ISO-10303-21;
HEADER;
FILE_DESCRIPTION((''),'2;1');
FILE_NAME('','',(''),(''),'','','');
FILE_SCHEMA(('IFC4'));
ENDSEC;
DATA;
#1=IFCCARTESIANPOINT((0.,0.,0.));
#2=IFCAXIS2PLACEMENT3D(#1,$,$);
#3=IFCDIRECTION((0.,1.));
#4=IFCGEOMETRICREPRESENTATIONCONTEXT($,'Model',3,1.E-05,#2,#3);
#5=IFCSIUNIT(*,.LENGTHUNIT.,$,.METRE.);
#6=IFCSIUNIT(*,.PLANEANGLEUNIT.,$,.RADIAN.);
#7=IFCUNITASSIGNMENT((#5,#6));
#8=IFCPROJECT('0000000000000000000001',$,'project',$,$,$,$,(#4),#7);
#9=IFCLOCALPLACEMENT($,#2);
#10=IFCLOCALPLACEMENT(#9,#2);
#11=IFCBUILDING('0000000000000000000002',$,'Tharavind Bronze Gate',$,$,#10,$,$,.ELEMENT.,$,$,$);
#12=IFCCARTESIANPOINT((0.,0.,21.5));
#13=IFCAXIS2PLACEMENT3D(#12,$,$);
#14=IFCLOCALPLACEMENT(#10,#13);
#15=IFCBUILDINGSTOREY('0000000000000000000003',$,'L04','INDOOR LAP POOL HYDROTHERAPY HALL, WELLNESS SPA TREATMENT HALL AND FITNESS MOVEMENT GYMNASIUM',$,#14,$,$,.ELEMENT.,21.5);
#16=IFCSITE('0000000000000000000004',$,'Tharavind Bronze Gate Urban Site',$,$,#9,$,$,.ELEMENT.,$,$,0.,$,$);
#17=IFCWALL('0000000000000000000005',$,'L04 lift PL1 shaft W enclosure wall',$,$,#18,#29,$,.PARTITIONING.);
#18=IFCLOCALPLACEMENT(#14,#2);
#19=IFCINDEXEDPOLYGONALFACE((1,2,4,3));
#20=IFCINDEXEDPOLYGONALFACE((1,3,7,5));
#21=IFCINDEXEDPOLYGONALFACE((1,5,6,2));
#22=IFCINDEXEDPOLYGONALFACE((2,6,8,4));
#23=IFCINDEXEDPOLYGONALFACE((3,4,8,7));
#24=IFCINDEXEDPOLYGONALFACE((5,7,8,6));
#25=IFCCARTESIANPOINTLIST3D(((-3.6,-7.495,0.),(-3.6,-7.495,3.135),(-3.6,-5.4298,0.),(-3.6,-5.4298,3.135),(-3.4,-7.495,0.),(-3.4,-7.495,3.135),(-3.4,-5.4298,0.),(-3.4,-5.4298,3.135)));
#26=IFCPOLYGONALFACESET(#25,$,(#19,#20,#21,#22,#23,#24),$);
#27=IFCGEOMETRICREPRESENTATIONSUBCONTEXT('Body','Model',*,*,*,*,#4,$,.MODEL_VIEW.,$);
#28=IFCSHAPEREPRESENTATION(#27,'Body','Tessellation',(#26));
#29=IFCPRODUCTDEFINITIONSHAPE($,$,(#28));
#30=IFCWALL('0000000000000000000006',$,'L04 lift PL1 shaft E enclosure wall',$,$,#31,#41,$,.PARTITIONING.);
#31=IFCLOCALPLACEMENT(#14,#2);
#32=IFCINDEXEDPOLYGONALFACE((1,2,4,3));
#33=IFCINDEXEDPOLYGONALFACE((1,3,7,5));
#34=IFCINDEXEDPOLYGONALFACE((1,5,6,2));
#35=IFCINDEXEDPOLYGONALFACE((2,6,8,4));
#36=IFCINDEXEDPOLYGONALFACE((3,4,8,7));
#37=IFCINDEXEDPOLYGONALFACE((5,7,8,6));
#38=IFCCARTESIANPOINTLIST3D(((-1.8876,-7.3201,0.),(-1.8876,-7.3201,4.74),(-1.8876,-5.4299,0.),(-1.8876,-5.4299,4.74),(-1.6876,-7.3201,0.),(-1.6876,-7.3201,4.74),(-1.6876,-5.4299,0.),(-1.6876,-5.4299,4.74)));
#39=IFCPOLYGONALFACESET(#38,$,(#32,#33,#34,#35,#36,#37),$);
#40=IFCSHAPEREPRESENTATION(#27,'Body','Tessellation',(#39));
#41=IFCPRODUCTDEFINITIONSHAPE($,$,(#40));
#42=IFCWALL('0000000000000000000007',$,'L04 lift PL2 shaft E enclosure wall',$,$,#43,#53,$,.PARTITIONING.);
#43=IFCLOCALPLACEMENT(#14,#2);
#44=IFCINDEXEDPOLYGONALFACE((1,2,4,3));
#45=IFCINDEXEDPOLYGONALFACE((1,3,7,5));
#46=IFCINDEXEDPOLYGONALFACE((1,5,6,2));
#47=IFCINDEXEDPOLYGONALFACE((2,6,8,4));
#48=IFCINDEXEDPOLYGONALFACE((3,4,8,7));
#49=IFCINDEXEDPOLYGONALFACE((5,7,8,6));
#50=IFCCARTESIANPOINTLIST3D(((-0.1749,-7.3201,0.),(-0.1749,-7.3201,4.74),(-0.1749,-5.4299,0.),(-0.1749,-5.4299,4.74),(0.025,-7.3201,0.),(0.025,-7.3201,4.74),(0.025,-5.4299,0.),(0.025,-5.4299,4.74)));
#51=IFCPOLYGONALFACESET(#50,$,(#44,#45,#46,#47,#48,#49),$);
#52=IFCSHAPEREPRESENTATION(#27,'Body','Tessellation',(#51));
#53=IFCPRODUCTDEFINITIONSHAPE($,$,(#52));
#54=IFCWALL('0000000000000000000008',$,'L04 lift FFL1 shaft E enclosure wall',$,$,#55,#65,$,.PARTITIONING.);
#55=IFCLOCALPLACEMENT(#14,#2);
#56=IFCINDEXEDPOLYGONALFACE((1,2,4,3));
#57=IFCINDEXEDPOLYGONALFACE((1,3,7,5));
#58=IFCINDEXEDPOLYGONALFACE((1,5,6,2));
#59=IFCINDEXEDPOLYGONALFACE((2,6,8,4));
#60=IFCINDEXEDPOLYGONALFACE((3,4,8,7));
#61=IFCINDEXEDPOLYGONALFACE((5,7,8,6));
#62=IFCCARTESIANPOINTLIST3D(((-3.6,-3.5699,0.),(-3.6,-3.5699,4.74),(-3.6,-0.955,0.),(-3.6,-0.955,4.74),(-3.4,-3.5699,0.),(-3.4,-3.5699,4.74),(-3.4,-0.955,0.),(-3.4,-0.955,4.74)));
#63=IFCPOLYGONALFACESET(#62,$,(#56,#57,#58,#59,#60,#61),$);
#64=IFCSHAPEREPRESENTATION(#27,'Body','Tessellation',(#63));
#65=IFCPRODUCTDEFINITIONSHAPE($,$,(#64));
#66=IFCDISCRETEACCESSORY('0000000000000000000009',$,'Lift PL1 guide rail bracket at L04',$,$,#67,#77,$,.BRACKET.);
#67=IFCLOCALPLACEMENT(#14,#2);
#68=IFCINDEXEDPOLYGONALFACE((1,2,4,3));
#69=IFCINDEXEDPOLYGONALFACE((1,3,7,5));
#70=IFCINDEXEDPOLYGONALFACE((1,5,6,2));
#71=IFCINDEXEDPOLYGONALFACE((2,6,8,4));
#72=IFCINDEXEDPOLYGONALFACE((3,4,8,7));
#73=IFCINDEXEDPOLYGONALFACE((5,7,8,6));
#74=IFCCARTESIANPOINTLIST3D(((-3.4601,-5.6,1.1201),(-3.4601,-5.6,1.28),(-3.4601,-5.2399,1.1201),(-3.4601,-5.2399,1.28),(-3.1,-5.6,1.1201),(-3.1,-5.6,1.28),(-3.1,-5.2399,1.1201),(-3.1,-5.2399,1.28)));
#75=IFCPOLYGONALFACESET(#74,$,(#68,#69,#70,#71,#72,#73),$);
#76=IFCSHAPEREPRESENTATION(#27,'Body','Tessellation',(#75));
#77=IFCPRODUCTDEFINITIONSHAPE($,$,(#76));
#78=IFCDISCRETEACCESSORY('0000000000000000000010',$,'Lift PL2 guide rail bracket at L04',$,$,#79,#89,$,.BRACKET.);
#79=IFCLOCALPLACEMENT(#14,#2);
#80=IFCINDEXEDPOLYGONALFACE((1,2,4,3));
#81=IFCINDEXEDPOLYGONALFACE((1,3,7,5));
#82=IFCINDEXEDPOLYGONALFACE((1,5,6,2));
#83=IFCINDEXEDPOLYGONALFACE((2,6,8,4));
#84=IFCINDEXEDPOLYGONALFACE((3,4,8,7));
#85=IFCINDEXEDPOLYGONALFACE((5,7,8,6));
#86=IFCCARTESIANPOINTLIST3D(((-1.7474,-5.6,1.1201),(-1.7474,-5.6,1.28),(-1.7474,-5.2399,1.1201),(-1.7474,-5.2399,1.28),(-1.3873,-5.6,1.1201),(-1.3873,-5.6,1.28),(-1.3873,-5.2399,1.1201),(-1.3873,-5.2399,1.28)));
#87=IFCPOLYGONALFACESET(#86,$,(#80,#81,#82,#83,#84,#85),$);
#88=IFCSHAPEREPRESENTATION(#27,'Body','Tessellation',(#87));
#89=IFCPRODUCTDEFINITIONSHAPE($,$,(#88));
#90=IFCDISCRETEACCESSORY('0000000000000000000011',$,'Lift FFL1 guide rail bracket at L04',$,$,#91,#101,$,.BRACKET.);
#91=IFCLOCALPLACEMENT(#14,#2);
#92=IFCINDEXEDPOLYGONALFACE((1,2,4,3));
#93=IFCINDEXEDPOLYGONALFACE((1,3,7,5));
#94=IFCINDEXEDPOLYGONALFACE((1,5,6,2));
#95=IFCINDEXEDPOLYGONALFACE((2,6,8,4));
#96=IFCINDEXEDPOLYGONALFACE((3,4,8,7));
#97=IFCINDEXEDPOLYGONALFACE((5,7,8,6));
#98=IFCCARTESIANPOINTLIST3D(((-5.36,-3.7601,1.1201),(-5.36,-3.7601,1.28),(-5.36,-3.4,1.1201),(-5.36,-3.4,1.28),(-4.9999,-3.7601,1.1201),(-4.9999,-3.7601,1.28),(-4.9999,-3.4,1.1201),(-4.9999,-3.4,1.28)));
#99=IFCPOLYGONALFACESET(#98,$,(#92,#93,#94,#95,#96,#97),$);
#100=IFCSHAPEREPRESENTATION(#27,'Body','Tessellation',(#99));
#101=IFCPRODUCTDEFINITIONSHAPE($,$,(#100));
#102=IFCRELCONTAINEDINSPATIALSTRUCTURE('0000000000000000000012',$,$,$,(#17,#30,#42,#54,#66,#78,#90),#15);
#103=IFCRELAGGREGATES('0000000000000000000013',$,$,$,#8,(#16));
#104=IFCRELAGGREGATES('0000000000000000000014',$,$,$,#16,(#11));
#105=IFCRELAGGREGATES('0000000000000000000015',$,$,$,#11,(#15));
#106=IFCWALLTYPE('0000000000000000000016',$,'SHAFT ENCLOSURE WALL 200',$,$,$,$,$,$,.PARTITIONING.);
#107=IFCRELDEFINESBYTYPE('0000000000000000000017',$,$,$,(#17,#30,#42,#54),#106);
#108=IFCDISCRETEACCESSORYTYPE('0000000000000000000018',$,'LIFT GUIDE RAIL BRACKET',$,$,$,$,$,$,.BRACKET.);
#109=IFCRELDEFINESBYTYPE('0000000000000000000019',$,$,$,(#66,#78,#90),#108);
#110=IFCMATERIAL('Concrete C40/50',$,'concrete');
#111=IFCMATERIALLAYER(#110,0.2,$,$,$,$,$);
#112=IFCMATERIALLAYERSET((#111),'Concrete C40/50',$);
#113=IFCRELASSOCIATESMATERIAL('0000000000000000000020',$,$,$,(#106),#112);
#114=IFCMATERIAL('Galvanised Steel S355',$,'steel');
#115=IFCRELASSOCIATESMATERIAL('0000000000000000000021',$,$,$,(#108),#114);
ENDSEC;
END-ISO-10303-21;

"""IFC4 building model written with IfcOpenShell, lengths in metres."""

from ifc_helpers import new_model, si_unit, direction, frame, frame_2d, origin, origin_2d, place, context, subcontext, project, spatial, rectangle, extrude, material, layer, layer_set, type_object, element, save


model = new_model("IFC4")

# Units and contexts
model_context = context("Model", 3, precision=1e-05, world=origin(), true_north=direction((0.0, 1.0)))
body_context = subcontext(model_context, "Body", "Model", "MODEL_VIEW")
ifc_project = project(units=[si_unit("LENGTHUNIT", "METRE"), si_unit("PLANEANGLEUNIT", "RADIAN")], contexts=[model_context])

# Site, building, storey
site_placement = place(None, origin())
site = spatial("IfcSite", under=ifc_project, at=site_placement, Name="Tharavind Bronze Gate Urban Site", CompositionType="ELEMENT", RefElevation=0.0)
building_placement = place(site_placement, origin())
building = spatial("IfcBuilding", under=site, at=building_placement, Name="Tharavind Bronze Gate", CompositionType="ELEMENT")
storey_placement = place(building_placement, frame((0.0, 0.0, 21.5)))
storey = spatial("IfcBuildingStorey", under=building, at=storey_placement, Name="L04", Description="INDOOR LAP POOL HYDROTHERAPY HALL, WELLNESS SPA TREATMENT HALL AND FITNESS MOVEMENT GYMNASIUM", CompositionType="ELEMENT", Elevation=21.5)

# Walls
ifc_material_1 = material(Name="Concrete C40/50", Category="concrete")
ifc_layer_1 = layer(ifc_material_1, 0.2)
ifc_layer_set_1 = layer_set([ifc_layer_1], Name="Concrete C40/50")
wall_type_1 = type_object("IfcWallType", Name="SHAFT ENCLOSURE WALL 200", PredefinedType="PARTITIONING", material=ifc_layer_set_1)
wall_1_placement = place(storey_placement, frame((-3.5, -7.4951, 0.0), z_axis=(0.0, 0.0, 1.0), x_axis=(0.0, 1.0, 0.0)))
element("IfcWall", 1, at=wall_1_placement, inside=storey, type_object=wall_type_1, Name="L04 lift PL1 shaft W enclosure wall", PredefinedType="PARTITIONING", context=body_context, shape_type="SweptSolid", body=[
    extrude(rectangle(XDim=2.0652, YDim=0.2, at=frame_2d((1.0327, 0.0))), origin(), (0.0, 0.0, 1.0), 3.135),
])
for number, where, z_axis, x_axis, name in (
    (2, (-1.7876, -7.3201, 0.0), (0.0, 0.0, 1.0), (0.0, 1.0, 0.0), "L04 lift PL1 shaft E enclosure wall"),
    (3, (-0.075, -7.3201, 0.0), (0.0, 0.0, 1.0), (0.0, 1.0, 0.0), "L04 lift PL2 shaft E enclosure wall"),
):
    element("IfcWall", number, at=place(storey_placement, frame(where, z_axis=z_axis, x_axis=x_axis)), inside=storey, type_object=wall_type_1, Name=name, PredefinedType="PARTITIONING", context=body_context, shape_type="SweptSolid", body=[
        extrude(rectangle(XDim=1.8901, YDim=0.2, at=frame_2d((0.9451, 0.0))), origin(), (0.0, 0.0, 1.0), 4.74),
    ])
wall_2_placement = place(storey_placement, frame((-3.5, -3.5701, 0.0), z_axis=(0.0, 0.0, 1.0), x_axis=(0.0, 1.0, 0.0)))
element("IfcWall", 4, at=wall_2_placement, inside=storey, type_object=wall_type_1, Name="L04 lift FFL1 shaft E enclosure wall", PredefinedType="PARTITIONING", context=body_context, shape_type="SweptSolid", body=[
    extrude(rectangle(XDim=2.615, YDim=0.2, at=frame_2d((1.3076, 0.0))), origin(), (0.0, 0.0, 1.0), 4.74),
])

# Discrete accessories
ifc_material_2 = material(Name="Galvanised Steel S355", Category="steel")
discrete_accessory_type = type_object("IfcDiscreteAccessoryType", Name="LIFT GUIDE RAIL BRACKET", PredefinedType="BRACKET", material=ifc_material_2)
for number, where, z_axis, x_axis, name in (
    (5, (-3.28, -5.4199, 1.1201), (0.0, 0.0, 1.0), (1.0, 0.0, 0.0), "Lift PL1 guide rail bracket at L04"),
    (6, (-1.5674, -5.4199, 1.1201), (0.0, 0.0, 1.0), (1.0, 0.0, 0.0), "Lift PL2 guide rail bracket at L04"),
    (7, (-5.1799, -3.5801, 1.1201), (0.0, 0.0, 1.0), (1.0, 0.0, 0.0), "Lift FFL1 guide rail bracket at L04"),
):
    element("IfcDiscreteAccessory", number, at=place(storey_placement, frame(where, z_axis=z_axis, x_axis=x_axis)), inside=storey, type_object=discrete_accessory_type, Name=name, PredefinedType="BRACKET", context=body_context, shape_type="SweptSolid", body=[
        extrude(rectangle(XDim=0.3601, YDim=0.3601, at=origin_2d()), origin(), (0.0, 0.0, 1.0), 0.1599),
    ])

save(model, "model.ifc")
